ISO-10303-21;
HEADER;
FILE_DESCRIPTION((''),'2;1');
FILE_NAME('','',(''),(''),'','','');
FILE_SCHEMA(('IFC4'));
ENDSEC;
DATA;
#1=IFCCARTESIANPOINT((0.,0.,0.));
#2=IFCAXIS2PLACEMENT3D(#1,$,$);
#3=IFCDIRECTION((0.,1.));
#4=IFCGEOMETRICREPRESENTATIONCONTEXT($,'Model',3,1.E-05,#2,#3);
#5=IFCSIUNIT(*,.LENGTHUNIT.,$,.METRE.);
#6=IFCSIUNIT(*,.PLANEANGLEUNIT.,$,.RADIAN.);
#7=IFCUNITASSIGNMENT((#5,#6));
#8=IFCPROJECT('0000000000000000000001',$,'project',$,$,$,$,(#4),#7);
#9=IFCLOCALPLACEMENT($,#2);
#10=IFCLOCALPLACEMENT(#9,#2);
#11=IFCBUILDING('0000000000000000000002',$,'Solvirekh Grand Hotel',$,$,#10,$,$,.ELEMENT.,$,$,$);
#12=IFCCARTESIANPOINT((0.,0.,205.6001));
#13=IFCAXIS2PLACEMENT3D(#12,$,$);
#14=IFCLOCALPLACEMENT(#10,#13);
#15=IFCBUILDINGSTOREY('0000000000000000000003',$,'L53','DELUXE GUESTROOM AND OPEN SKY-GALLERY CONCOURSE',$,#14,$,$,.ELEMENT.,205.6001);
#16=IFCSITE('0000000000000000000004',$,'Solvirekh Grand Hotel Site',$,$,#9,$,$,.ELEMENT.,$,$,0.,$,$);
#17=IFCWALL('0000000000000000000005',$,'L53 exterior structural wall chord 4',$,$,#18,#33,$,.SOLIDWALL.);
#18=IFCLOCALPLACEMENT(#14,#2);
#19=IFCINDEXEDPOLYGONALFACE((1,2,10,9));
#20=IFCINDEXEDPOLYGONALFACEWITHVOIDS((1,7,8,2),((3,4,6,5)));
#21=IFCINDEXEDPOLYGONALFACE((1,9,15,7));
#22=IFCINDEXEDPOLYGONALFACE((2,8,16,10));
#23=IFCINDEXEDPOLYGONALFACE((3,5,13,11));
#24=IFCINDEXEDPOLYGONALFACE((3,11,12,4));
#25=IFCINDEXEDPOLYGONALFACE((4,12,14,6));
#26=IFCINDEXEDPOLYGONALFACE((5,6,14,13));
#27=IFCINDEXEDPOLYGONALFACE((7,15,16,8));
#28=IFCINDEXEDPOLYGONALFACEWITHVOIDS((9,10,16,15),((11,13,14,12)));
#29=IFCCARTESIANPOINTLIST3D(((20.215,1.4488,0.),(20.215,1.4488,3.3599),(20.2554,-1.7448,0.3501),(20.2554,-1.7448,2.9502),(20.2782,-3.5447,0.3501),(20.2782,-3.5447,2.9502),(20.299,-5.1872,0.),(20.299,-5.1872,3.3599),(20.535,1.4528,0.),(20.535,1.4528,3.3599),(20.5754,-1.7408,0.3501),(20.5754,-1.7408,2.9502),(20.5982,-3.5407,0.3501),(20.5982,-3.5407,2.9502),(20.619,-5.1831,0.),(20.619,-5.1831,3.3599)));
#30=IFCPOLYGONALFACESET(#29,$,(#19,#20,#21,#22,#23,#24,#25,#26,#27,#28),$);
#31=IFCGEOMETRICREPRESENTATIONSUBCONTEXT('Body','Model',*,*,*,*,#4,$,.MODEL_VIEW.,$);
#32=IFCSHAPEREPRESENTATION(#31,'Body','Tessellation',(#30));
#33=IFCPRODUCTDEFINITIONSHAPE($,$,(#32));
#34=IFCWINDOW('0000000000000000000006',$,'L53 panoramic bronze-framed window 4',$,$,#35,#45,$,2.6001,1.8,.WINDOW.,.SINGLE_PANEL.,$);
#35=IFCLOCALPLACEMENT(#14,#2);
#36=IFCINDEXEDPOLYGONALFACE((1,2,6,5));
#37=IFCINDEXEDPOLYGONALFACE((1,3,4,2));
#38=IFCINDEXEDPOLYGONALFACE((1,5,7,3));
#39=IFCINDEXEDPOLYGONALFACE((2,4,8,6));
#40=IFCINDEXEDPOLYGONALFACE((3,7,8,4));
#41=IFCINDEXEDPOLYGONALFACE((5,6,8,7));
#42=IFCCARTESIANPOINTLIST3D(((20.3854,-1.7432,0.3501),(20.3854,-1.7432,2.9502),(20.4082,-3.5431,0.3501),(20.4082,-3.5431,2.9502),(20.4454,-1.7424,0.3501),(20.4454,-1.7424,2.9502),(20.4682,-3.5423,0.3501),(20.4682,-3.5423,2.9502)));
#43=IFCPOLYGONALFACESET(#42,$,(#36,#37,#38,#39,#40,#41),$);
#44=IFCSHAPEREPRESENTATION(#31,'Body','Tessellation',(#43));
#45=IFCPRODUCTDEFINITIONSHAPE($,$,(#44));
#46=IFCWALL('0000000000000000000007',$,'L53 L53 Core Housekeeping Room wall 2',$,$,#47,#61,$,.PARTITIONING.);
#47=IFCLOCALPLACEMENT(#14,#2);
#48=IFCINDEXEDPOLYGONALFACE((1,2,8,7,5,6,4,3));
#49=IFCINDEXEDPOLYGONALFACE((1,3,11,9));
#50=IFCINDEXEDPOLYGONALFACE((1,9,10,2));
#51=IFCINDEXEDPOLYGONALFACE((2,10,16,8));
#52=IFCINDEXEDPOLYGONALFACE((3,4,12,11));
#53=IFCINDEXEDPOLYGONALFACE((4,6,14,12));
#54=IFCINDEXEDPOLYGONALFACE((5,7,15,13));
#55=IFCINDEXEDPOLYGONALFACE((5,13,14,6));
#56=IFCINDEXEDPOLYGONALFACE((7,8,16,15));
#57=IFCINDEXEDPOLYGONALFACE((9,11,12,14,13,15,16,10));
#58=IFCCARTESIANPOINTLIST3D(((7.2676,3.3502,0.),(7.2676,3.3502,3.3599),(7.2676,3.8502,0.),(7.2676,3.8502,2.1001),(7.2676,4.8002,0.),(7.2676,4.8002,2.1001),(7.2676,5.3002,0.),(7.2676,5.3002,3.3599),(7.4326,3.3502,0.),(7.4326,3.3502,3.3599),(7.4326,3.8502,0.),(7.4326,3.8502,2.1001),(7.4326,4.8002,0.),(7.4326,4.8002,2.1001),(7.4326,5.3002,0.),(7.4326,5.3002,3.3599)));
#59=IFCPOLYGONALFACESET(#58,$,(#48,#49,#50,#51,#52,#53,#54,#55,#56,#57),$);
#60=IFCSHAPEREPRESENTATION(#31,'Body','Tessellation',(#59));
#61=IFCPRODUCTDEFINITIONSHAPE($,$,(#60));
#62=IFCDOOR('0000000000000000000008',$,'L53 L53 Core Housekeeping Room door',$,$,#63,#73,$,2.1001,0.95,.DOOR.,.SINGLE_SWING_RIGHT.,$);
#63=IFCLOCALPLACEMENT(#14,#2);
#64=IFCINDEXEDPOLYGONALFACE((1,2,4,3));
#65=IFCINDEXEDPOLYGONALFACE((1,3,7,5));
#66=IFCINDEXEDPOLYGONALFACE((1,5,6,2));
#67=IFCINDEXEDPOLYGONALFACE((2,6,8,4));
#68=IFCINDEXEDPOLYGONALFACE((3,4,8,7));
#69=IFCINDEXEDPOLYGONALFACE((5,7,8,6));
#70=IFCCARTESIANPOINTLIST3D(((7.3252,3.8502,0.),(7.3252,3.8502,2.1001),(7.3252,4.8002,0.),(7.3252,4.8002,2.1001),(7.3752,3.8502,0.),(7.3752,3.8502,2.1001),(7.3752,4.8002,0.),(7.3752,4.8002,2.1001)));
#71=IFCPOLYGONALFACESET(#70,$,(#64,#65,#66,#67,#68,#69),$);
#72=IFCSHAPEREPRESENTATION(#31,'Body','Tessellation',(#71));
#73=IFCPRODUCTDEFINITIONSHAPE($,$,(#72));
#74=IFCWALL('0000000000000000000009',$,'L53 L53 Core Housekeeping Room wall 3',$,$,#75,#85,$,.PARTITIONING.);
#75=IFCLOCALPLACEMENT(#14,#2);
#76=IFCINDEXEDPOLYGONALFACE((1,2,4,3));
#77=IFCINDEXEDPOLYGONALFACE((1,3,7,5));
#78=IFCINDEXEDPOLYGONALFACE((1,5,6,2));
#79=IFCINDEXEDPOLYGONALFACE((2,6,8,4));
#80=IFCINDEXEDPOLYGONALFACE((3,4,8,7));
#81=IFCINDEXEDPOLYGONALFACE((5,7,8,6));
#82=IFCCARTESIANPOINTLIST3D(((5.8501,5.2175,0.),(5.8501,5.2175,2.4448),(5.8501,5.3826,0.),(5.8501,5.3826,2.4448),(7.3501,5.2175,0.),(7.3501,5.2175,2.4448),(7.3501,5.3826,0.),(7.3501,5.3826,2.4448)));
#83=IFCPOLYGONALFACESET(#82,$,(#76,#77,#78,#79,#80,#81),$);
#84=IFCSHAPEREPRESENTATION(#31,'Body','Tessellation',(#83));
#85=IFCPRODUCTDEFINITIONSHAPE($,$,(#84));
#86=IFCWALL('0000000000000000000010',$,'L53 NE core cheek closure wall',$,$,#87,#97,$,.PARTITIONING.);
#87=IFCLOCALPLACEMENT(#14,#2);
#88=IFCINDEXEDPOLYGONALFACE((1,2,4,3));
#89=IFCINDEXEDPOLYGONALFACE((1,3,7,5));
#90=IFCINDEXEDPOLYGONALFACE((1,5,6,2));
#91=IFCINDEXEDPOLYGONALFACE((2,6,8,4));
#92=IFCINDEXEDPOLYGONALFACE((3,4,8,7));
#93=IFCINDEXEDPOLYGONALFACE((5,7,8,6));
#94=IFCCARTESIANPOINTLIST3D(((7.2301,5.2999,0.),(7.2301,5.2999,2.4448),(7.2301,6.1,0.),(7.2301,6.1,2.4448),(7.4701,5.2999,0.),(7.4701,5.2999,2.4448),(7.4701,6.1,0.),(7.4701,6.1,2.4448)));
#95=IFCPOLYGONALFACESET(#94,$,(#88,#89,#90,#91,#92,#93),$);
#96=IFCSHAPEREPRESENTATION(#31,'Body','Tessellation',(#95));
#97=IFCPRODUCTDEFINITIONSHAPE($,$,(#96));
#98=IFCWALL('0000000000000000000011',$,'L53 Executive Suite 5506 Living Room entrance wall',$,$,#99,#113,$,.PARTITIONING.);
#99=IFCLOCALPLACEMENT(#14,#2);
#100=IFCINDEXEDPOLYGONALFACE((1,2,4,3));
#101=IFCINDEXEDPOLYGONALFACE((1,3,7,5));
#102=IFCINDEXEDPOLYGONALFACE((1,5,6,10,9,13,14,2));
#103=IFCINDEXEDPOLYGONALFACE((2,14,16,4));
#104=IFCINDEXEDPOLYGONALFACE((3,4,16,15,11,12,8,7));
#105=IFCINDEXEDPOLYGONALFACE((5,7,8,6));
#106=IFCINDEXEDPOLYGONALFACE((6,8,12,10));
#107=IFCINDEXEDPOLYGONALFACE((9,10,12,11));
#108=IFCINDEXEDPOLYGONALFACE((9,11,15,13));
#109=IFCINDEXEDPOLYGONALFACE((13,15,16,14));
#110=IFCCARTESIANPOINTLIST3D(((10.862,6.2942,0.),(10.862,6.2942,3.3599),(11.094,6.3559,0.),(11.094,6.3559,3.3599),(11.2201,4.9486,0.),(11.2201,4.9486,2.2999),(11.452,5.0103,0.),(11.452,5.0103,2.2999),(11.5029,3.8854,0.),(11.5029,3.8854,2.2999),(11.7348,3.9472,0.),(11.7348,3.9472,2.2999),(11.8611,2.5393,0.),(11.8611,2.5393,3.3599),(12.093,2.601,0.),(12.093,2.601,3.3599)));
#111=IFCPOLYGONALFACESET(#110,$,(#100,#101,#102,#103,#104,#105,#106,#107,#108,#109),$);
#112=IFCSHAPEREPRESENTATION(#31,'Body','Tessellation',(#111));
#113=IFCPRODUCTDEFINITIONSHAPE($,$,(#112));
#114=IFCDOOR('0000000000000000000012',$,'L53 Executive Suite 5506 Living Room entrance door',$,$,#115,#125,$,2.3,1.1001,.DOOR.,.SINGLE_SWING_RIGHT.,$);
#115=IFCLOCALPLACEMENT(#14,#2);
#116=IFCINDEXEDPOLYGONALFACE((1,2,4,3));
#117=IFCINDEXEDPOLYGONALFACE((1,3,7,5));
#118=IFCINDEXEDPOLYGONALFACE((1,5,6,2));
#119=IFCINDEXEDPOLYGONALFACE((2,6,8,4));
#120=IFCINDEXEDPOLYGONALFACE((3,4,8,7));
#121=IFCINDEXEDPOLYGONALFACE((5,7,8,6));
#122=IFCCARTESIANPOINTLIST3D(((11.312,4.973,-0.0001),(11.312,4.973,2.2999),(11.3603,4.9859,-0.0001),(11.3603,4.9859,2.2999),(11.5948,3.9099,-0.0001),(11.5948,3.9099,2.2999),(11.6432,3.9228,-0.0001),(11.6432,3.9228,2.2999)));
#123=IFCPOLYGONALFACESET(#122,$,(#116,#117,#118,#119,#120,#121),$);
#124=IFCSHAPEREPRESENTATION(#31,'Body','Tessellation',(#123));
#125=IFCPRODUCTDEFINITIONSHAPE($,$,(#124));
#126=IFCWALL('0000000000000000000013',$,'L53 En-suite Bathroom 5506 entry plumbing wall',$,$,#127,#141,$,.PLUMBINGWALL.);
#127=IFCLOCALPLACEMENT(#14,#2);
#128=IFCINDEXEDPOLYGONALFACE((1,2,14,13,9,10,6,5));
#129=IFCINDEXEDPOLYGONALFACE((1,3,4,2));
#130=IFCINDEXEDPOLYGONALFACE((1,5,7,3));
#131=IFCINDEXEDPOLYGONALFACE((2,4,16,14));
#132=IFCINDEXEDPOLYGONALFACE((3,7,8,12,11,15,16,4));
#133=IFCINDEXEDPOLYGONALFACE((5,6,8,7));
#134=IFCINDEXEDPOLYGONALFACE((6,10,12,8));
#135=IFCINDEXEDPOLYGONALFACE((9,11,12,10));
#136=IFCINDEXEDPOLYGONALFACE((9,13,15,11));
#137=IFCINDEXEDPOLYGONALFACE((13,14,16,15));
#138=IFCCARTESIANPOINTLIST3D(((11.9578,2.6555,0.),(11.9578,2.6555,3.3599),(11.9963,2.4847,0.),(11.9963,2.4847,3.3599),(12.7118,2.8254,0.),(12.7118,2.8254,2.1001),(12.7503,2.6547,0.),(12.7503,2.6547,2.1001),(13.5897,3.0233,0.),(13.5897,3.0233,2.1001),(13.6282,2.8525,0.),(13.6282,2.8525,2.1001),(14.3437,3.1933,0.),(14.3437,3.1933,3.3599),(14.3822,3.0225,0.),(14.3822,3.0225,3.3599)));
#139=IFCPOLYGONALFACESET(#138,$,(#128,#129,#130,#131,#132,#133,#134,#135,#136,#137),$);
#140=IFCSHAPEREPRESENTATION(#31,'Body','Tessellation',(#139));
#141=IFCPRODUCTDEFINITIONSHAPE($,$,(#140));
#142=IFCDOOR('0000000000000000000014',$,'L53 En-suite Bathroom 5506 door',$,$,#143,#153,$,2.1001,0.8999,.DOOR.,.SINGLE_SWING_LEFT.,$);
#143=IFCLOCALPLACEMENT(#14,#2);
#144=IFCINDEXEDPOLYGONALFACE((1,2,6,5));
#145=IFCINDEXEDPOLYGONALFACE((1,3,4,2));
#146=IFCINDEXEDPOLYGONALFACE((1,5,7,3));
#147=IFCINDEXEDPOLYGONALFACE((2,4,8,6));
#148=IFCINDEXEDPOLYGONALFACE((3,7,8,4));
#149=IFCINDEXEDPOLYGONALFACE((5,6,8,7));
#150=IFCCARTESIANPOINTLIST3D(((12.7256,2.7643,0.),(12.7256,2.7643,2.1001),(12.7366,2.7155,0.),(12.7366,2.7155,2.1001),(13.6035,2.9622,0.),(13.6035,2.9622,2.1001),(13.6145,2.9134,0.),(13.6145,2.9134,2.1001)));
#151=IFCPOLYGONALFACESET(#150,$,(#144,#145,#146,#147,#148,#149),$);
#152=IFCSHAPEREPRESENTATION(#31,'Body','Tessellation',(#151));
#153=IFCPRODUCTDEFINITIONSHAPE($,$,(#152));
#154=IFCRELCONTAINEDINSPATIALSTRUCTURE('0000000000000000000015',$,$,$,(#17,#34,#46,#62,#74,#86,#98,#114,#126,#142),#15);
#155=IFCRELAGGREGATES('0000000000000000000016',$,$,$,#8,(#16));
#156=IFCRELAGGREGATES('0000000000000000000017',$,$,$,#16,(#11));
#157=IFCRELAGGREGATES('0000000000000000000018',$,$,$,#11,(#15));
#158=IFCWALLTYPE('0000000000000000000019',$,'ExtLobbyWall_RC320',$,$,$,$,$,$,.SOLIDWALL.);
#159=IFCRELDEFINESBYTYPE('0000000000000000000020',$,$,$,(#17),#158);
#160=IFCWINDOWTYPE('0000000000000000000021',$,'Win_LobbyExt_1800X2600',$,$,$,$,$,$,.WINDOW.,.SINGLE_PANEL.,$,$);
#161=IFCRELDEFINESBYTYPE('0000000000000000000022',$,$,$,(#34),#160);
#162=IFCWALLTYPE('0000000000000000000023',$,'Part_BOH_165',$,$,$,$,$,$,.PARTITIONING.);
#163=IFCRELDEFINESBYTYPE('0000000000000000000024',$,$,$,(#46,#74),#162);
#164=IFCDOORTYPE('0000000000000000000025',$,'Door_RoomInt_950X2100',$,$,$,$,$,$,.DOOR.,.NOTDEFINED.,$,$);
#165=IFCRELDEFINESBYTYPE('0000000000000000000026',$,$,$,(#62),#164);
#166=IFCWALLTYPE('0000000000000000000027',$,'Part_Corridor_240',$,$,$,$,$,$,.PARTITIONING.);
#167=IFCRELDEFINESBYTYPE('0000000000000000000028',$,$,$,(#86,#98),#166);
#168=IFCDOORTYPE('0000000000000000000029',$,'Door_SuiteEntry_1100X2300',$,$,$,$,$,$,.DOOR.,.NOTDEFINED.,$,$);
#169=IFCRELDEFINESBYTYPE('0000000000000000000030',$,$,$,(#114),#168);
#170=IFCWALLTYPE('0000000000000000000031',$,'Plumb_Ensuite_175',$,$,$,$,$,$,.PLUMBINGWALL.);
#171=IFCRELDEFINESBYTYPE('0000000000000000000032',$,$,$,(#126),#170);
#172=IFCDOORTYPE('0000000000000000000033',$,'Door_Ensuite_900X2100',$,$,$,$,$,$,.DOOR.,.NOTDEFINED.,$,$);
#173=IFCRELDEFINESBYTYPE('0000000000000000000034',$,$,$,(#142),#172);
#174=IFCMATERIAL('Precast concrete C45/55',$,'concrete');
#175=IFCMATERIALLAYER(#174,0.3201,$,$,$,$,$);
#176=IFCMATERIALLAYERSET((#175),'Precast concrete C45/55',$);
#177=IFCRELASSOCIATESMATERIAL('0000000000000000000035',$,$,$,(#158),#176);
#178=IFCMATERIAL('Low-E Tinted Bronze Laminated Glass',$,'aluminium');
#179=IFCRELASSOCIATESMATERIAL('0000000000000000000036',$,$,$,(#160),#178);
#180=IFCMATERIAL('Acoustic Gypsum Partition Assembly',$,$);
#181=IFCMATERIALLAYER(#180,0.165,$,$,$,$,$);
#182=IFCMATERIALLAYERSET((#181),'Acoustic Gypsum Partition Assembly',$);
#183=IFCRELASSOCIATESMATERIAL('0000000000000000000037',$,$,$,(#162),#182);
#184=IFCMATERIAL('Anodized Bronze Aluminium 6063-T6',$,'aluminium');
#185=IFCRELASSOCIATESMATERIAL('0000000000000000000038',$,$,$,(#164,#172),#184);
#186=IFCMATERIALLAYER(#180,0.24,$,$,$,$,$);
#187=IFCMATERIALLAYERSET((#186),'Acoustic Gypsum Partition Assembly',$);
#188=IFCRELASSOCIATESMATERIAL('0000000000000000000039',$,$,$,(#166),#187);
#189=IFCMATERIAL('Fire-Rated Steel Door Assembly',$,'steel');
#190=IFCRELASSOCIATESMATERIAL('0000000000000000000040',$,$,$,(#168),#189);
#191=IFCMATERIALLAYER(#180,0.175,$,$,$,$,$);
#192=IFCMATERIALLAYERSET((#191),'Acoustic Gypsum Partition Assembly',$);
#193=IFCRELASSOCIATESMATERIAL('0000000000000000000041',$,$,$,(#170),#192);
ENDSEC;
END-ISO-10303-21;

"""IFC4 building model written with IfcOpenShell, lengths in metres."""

from ifc_helpers import new_model, si_unit, direction, frame, frame_2d, origin, place, context, subcontext, project, spatial, rectangle, extrude, material, layer, layer_set, type_object, element, fill, save


model = new_model("IFC4")

# Units and contexts
model_context = context("Model", 3, precision=1e-05, world=origin(), true_north=direction((0.0, 1.0)))
body_context = subcontext(model_context, "Body", "Model", "MODEL_VIEW")
ifc_project = project(units=[si_unit("LENGTHUNIT", "METRE"), si_unit("PLANEANGLEUNIT", "RADIAN")], contexts=[model_context])

# Site, building, storey
site_placement = place(None, origin())
site = spatial("IfcSite", under=ifc_project, at=site_placement, Name="Solvirekh Grand Hotel Site", CompositionType="ELEMENT", RefElevation=0.0)
building_placement = place(site_placement, origin())
building = spatial("IfcBuilding", under=site, at=building_placement, Name="Solvirekh Grand Hotel", CompositionType="ELEMENT")
storey_placement = place(building_placement, frame((0.0, 0.0, 205.6001)))
storey = spatial("IfcBuildingStorey", under=building, at=storey_placement, Name="L53", Description="DELUXE GUESTROOM AND OPEN SKY-GALLERY CONCOURSE", CompositionType="ELEMENT", Elevation=205.6001)

# Shared definitions
ifc_material_1 = material(Name="Anodized Bronze Aluminium 6063-T6", Category="aluminium")
ifc_material_2 = material(Name="Low-E Tinted Bronze Laminated Glass", Category="aluminium")

# Wall, opening, window
ifc_material_3 = material(Name="Precast concrete C45/55", Category="concrete")
ifc_layer_1 = layer(ifc_material_3, 0.3201)
ifc_layer_set_1 = layer_set([ifc_layer_1], Name="Precast concrete C45/55")
wall_type_1 = type_object("IfcWallType", Name="ExtLobbyWall_RC320", PredefinedType="SOLIDWALL", material=ifc_layer_set_1)
wall_1_placement = place(storey_placement, frame((20.375, 1.4509, 0.0), z_axis=(0.0, 0.0, 1.0), x_axis=(0.012655, -0.99992, 0.0)))
wall_1 = element("IfcWall", 1, at=wall_1_placement, inside=storey, type_object=wall_type_1, Name="L53 exterior structural wall chord 4", PredefinedType="SOLIDWALL", context=body_context, shape_type="SweptSolid", body=[
    extrude(rectangle(XDim=6.6365, YDim=0.3201, at=frame_2d((3.3184, 0.0))), origin(), (0.0, 0.0, 1.0), 3.3599),
])
opening_1_placement = place(wall_1_placement, frame((3.1941, 0.0, 0.3501)))
opening_1 = element("IfcOpeningElement", 2, at=opening_1_placement, cuts=wall_1, PredefinedType="OPENING", context=body_context, shape_type="SweptSolid", body=[
    extrude(rectangle(XDim=1.8, YDim=2.6001, at=frame_2d((0.8999, 1.3))), frame((0.0, 0.1699, 0.0), z_axis=(0.0, -1.0, 0.0), x_axis=(1.0, 0.0, 0.0)), (0.0, 0.0, 1.0), 0.3401),
])
window_type = type_object("IfcWindowType", Name="Win_LobbyExt_1800X2600", PartitioningType="SINGLE_PANEL", PredefinedType="WINDOW", material=ifc_material_2)
window_placement = place(opening_1_placement, origin())
window = element("IfcWindow", 3, at=window_placement, inside=storey, type_object=window_type, Name="L53 panoramic bronze-framed window 4", OverallHeight=2.6001, OverallWidth=1.8, PartitioningType="SINGLE_PANEL", PredefinedType="WINDOW", context=body_context, shape_type="SweptSolid", body=[
    extrude(rectangle(XDim=1.8, YDim=2.6001, at=frame_2d((0.8999, 1.3))), frame((0.0, 0.03, 0.0), z_axis=(0.0, -1.0, 0.0), x_axis=(1.0, 0.0, 0.0)), (0.0, 0.0, 1.0), 0.0601),
])
fill(opening_1, window)

# Wall, opening, door
ifc_material_4 = material(Name="Acoustic Gypsum Partition Assembly")
ifc_layer_2 = layer(ifc_material_4, 0.165)
ifc_layer_set_2 = layer_set([ifc_layer_2], Name="Acoustic Gypsum Partition Assembly")
wall_type_2 = type_object("IfcWallType", Name="Part_BOH_165", PredefinedType="PARTITIONING", material=ifc_layer_set_2)
wall_2_placement = place(storey_placement, frame((7.3501, 3.3501, 0.0), z_axis=(0.0, 0.0, 1.0), x_axis=(0.0, 1.0, 0.0)))
wall_2 = element("IfcWall", 4, at=wall_2_placement, inside=storey, type_object=wall_type_2, Name="L53 L53 Core Housekeeping Room wall 2", PredefinedType="PARTITIONING", context=body_context, shape_type="SweptSolid", body=[
    extrude(rectangle(XDim=1.95, YDim=0.165, at=frame_2d((0.9751, 0.0))), origin(), (0.0, 0.0, 1.0), 3.3599),
])
opening_2_placement = place(wall_2_placement, frame((0.5, 0.0, 0.0)))
opening_2 = element("IfcOpeningElement", 5, at=opening_2_placement, cuts=wall_2, PredefinedType="OPENING", context=body_context, shape_type="SweptSolid", body=[
    extrude(rectangle(XDim=0.95, YDim=2.1001, at=frame_2d((0.4751, 1.05))), frame((0.0, 0.0925, 0.0), z_axis=(0.0, -1.0, 0.0), x_axis=(1.0, 0.0, 0.0)), (0.0, 0.0, 1.0), 0.1851),
])
door_type_1 = type_object("IfcDoorType", Name="Door_RoomInt_950X2100", OperationType="NOTDEFINED", PredefinedType="DOOR", material=ifc_material_1)
door_1_placement = place(opening_2_placement, origin())
door_1 = element("IfcDoor", 6, at=door_1_placement, inside=storey, type_object=door_type_1, Name="L53 L53 Core Housekeeping Room door", OperationType="SINGLE_SWING_RIGHT", OverallHeight=2.1001, OverallWidth=0.95, PredefinedType="DOOR", context=body_context, shape_type="SweptSolid", body=[
    extrude(rectangle(XDim=0.95, YDim=2.1001, at=frame_2d((0.4751, 1.05))), frame((0.0, 0.0249, 0.0), z_axis=(0.0, -1.0, 0.0), x_axis=(1.0, 0.0, 0.0)), (0.0, 0.0, 1.0), 0.05),
])
fill(opening_2, door_1)

# Walls
wall_3_placement = place(storey_placement, frame((7.3501, 5.3, 0.0), z_axis=(0.0, 0.0, 1.0), x_axis=(-1.0, 0.0, 0.0)))
element("IfcWall", 7, at=wall_3_placement, inside=storey, type_object=wall_type_2, Name="L53 L53 Core Housekeeping Room wall 3", PredefinedType="PARTITIONING", context=body_context, shape_type="SweptSolid", body=[
    extrude(rectangle(XDim=1.5, YDim=0.165, at=frame_2d((0.75, 0.0))), origin(), (0.0, 0.0, 1.0), 2.4448),
])
ifc_layer_3 = layer(ifc_material_4, 0.24)
ifc_layer_set_3 = layer_set([ifc_layer_3], Name="Acoustic Gypsum Partition Assembly")
wall_type_3 = type_object("IfcWallType", Name="Part_Corridor_240", PredefinedType="PARTITIONING", material=ifc_layer_set_3)
wall_4_placement = place(storey_placement, frame((7.3501, 5.3, 0.0), z_axis=(0.0, 0.0, 1.0), x_axis=(0.0, 1.0, 0.0)))
element("IfcWall", 8, at=wall_4_placement, inside=storey, type_object=wall_type_3, Name="L53 NE core cheek closure wall", PredefinedType="PARTITIONING", context=body_context, shape_type="SweptSolid", body=[
    extrude(rectangle(XDim=0.8, YDim=0.24, at=frame_2d((0.3999, 0.0))), origin(), (0.0, 0.0, 1.0), 2.4448),
])

# Walls, openings, doors
wall_5_placement = place(storey_placement, frame((11.9771, 2.5701, 0.0), z_axis=(0.0, 0.0, 1.0), x_axis=(-0.257115, 0.966381, 0.0)))
wall_5 = element("IfcWall", 9, at=wall_5_placement, inside=storey, type_object=wall_type_3, Name="L53 Executive Suite 5506 Living Room entrance wall", PredefinedType="PARTITIONING", context=body_context, shape_type="SweptSolid", body=[
    extrude(rectangle(XDim=3.8855, YDim=0.24, at=frame_2d((1.9429, 0.0))), origin(), (0.0, 0.0, 1.0), 3.3599),
])
opening_3_placement = place(wall_5_placement, frame((1.3931, 0.0, 0.0)))
opening_3 = element("IfcOpeningElement", 10, at=opening_3_placement, cuts=wall_5, PredefinedType="OPENING", context=body_context, shape_type="SweptSolid", body=[
    extrude(rectangle(XDim=1.1001, YDim=2.3, at=frame_2d((0.55, 1.1499))), frame((0.0, 0.1299, 0.0), z_axis=(0.0, -1.0, 0.0), x_axis=(1.0, 0.0, 0.0)), (0.0, 0.0, 1.0), 0.26),
])
ifc_material_5 = material(Name="Fire-Rated Steel Door Assembly", Category="steel")
door_type_2 = type_object("IfcDoorType", Name="Door_SuiteEntry_1100X2300", OperationType="NOTDEFINED", PredefinedType="DOOR", material=ifc_material_5)
door_2_placement = place(opening_3_placement, origin())
door_2 = element("IfcDoor", 11, at=door_2_placement, inside=storey, type_object=door_type_2, Name="L53 Executive Suite 5506 Living Room entrance door", OperationType="SINGLE_SWING_RIGHT", OverallHeight=2.3, OverallWidth=1.1001, PredefinedType="DOOR", context=body_context, shape_type="SweptSolid", body=[
    extrude(rectangle(XDim=1.1001, YDim=2.3, at=frame_2d((0.55, 1.1499))), frame((0.0, 0.0249, 0.0), z_axis=(0.0, -1.0, 0.0), x_axis=(1.0, 0.0, 0.0)), (0.0, 0.0, 1.0), 0.05),
])
fill(opening_3, door_2)
ifc_layer_4 = layer(ifc_material_4, 0.175)
ifc_layer_set_4 = layer_set([ifc_layer_4], Name="Acoustic Gypsum Partition Assembly")
wall_type_4 = type_object("IfcWallType", Name="Plumb_Ensuite_175", PredefinedType="PLUMBINGWALL", material=ifc_layer_set_4)
wall_6_placement = place(storey_placement, frame((11.9771, 2.5701, 0.0), z_axis=(0.0, 0.0, 1.0), x_axis=(0.975523, 0.219899, 0.0)))
wall_6 = element("IfcWall", 12, at=wall_6_placement, inside=storey, type_object=wall_type_4, Name="L53 En-suite Bathroom 5506 entry plumbing wall", PredefinedType="PLUMBINGWALL", context=body_context, shape_type="SweptSolid", body=[
    extrude(rectangle(XDim=2.4458, YDim=0.175, at=frame_2d((1.2229, 0.0))), origin(), (0.0, 0.0, 1.0), 3.3599),
])
opening_4_placement = place(wall_6_placement, frame((0.7729, 0.0, 0.0)))
opening_4 = element("IfcOpeningElement", 13, at=opening_4_placement, cuts=wall_6, PredefinedType="OPENING", context=body_context, shape_type="SweptSolid", body=[
    extrude(rectangle(XDim=0.8999, YDim=2.1001, at=frame_2d((0.45, 1.05))), frame((0.0, 0.0977, 0.0), z_axis=(0.0, -1.0, 0.0), x_axis=(1.0, 0.0, 0.0)), (0.0, 0.0, 1.0), 0.1951),
])
door_type_3 = type_object("IfcDoorType", Name="Door_Ensuite_900X2100", OperationType="NOTDEFINED", PredefinedType="DOOR", material=ifc_material_1)
door_3_placement = place(opening_4_placement, origin())
door_3 = element("IfcDoor", 14, at=door_3_placement, inside=storey, type_object=door_type_3, Name="L53 En-suite Bathroom 5506 door", OperationType="SINGLE_SWING_LEFT", OverallHeight=2.1001, OverallWidth=0.8999, PredefinedType="DOOR", context=body_context, shape_type="SweptSolid", body=[
    extrude(rectangle(XDim=0.8999, YDim=2.1001, at=frame_2d((0.45, 1.05))), frame((0.0, 0.0249, 0.0), z_axis=(0.0, -1.0, 0.0), x_axis=(1.0, 0.0, 0.0)), (0.0, 0.0, 1.0), 0.05),
])
fill(opening_4, door_3)

save(model, "model.ifc")
